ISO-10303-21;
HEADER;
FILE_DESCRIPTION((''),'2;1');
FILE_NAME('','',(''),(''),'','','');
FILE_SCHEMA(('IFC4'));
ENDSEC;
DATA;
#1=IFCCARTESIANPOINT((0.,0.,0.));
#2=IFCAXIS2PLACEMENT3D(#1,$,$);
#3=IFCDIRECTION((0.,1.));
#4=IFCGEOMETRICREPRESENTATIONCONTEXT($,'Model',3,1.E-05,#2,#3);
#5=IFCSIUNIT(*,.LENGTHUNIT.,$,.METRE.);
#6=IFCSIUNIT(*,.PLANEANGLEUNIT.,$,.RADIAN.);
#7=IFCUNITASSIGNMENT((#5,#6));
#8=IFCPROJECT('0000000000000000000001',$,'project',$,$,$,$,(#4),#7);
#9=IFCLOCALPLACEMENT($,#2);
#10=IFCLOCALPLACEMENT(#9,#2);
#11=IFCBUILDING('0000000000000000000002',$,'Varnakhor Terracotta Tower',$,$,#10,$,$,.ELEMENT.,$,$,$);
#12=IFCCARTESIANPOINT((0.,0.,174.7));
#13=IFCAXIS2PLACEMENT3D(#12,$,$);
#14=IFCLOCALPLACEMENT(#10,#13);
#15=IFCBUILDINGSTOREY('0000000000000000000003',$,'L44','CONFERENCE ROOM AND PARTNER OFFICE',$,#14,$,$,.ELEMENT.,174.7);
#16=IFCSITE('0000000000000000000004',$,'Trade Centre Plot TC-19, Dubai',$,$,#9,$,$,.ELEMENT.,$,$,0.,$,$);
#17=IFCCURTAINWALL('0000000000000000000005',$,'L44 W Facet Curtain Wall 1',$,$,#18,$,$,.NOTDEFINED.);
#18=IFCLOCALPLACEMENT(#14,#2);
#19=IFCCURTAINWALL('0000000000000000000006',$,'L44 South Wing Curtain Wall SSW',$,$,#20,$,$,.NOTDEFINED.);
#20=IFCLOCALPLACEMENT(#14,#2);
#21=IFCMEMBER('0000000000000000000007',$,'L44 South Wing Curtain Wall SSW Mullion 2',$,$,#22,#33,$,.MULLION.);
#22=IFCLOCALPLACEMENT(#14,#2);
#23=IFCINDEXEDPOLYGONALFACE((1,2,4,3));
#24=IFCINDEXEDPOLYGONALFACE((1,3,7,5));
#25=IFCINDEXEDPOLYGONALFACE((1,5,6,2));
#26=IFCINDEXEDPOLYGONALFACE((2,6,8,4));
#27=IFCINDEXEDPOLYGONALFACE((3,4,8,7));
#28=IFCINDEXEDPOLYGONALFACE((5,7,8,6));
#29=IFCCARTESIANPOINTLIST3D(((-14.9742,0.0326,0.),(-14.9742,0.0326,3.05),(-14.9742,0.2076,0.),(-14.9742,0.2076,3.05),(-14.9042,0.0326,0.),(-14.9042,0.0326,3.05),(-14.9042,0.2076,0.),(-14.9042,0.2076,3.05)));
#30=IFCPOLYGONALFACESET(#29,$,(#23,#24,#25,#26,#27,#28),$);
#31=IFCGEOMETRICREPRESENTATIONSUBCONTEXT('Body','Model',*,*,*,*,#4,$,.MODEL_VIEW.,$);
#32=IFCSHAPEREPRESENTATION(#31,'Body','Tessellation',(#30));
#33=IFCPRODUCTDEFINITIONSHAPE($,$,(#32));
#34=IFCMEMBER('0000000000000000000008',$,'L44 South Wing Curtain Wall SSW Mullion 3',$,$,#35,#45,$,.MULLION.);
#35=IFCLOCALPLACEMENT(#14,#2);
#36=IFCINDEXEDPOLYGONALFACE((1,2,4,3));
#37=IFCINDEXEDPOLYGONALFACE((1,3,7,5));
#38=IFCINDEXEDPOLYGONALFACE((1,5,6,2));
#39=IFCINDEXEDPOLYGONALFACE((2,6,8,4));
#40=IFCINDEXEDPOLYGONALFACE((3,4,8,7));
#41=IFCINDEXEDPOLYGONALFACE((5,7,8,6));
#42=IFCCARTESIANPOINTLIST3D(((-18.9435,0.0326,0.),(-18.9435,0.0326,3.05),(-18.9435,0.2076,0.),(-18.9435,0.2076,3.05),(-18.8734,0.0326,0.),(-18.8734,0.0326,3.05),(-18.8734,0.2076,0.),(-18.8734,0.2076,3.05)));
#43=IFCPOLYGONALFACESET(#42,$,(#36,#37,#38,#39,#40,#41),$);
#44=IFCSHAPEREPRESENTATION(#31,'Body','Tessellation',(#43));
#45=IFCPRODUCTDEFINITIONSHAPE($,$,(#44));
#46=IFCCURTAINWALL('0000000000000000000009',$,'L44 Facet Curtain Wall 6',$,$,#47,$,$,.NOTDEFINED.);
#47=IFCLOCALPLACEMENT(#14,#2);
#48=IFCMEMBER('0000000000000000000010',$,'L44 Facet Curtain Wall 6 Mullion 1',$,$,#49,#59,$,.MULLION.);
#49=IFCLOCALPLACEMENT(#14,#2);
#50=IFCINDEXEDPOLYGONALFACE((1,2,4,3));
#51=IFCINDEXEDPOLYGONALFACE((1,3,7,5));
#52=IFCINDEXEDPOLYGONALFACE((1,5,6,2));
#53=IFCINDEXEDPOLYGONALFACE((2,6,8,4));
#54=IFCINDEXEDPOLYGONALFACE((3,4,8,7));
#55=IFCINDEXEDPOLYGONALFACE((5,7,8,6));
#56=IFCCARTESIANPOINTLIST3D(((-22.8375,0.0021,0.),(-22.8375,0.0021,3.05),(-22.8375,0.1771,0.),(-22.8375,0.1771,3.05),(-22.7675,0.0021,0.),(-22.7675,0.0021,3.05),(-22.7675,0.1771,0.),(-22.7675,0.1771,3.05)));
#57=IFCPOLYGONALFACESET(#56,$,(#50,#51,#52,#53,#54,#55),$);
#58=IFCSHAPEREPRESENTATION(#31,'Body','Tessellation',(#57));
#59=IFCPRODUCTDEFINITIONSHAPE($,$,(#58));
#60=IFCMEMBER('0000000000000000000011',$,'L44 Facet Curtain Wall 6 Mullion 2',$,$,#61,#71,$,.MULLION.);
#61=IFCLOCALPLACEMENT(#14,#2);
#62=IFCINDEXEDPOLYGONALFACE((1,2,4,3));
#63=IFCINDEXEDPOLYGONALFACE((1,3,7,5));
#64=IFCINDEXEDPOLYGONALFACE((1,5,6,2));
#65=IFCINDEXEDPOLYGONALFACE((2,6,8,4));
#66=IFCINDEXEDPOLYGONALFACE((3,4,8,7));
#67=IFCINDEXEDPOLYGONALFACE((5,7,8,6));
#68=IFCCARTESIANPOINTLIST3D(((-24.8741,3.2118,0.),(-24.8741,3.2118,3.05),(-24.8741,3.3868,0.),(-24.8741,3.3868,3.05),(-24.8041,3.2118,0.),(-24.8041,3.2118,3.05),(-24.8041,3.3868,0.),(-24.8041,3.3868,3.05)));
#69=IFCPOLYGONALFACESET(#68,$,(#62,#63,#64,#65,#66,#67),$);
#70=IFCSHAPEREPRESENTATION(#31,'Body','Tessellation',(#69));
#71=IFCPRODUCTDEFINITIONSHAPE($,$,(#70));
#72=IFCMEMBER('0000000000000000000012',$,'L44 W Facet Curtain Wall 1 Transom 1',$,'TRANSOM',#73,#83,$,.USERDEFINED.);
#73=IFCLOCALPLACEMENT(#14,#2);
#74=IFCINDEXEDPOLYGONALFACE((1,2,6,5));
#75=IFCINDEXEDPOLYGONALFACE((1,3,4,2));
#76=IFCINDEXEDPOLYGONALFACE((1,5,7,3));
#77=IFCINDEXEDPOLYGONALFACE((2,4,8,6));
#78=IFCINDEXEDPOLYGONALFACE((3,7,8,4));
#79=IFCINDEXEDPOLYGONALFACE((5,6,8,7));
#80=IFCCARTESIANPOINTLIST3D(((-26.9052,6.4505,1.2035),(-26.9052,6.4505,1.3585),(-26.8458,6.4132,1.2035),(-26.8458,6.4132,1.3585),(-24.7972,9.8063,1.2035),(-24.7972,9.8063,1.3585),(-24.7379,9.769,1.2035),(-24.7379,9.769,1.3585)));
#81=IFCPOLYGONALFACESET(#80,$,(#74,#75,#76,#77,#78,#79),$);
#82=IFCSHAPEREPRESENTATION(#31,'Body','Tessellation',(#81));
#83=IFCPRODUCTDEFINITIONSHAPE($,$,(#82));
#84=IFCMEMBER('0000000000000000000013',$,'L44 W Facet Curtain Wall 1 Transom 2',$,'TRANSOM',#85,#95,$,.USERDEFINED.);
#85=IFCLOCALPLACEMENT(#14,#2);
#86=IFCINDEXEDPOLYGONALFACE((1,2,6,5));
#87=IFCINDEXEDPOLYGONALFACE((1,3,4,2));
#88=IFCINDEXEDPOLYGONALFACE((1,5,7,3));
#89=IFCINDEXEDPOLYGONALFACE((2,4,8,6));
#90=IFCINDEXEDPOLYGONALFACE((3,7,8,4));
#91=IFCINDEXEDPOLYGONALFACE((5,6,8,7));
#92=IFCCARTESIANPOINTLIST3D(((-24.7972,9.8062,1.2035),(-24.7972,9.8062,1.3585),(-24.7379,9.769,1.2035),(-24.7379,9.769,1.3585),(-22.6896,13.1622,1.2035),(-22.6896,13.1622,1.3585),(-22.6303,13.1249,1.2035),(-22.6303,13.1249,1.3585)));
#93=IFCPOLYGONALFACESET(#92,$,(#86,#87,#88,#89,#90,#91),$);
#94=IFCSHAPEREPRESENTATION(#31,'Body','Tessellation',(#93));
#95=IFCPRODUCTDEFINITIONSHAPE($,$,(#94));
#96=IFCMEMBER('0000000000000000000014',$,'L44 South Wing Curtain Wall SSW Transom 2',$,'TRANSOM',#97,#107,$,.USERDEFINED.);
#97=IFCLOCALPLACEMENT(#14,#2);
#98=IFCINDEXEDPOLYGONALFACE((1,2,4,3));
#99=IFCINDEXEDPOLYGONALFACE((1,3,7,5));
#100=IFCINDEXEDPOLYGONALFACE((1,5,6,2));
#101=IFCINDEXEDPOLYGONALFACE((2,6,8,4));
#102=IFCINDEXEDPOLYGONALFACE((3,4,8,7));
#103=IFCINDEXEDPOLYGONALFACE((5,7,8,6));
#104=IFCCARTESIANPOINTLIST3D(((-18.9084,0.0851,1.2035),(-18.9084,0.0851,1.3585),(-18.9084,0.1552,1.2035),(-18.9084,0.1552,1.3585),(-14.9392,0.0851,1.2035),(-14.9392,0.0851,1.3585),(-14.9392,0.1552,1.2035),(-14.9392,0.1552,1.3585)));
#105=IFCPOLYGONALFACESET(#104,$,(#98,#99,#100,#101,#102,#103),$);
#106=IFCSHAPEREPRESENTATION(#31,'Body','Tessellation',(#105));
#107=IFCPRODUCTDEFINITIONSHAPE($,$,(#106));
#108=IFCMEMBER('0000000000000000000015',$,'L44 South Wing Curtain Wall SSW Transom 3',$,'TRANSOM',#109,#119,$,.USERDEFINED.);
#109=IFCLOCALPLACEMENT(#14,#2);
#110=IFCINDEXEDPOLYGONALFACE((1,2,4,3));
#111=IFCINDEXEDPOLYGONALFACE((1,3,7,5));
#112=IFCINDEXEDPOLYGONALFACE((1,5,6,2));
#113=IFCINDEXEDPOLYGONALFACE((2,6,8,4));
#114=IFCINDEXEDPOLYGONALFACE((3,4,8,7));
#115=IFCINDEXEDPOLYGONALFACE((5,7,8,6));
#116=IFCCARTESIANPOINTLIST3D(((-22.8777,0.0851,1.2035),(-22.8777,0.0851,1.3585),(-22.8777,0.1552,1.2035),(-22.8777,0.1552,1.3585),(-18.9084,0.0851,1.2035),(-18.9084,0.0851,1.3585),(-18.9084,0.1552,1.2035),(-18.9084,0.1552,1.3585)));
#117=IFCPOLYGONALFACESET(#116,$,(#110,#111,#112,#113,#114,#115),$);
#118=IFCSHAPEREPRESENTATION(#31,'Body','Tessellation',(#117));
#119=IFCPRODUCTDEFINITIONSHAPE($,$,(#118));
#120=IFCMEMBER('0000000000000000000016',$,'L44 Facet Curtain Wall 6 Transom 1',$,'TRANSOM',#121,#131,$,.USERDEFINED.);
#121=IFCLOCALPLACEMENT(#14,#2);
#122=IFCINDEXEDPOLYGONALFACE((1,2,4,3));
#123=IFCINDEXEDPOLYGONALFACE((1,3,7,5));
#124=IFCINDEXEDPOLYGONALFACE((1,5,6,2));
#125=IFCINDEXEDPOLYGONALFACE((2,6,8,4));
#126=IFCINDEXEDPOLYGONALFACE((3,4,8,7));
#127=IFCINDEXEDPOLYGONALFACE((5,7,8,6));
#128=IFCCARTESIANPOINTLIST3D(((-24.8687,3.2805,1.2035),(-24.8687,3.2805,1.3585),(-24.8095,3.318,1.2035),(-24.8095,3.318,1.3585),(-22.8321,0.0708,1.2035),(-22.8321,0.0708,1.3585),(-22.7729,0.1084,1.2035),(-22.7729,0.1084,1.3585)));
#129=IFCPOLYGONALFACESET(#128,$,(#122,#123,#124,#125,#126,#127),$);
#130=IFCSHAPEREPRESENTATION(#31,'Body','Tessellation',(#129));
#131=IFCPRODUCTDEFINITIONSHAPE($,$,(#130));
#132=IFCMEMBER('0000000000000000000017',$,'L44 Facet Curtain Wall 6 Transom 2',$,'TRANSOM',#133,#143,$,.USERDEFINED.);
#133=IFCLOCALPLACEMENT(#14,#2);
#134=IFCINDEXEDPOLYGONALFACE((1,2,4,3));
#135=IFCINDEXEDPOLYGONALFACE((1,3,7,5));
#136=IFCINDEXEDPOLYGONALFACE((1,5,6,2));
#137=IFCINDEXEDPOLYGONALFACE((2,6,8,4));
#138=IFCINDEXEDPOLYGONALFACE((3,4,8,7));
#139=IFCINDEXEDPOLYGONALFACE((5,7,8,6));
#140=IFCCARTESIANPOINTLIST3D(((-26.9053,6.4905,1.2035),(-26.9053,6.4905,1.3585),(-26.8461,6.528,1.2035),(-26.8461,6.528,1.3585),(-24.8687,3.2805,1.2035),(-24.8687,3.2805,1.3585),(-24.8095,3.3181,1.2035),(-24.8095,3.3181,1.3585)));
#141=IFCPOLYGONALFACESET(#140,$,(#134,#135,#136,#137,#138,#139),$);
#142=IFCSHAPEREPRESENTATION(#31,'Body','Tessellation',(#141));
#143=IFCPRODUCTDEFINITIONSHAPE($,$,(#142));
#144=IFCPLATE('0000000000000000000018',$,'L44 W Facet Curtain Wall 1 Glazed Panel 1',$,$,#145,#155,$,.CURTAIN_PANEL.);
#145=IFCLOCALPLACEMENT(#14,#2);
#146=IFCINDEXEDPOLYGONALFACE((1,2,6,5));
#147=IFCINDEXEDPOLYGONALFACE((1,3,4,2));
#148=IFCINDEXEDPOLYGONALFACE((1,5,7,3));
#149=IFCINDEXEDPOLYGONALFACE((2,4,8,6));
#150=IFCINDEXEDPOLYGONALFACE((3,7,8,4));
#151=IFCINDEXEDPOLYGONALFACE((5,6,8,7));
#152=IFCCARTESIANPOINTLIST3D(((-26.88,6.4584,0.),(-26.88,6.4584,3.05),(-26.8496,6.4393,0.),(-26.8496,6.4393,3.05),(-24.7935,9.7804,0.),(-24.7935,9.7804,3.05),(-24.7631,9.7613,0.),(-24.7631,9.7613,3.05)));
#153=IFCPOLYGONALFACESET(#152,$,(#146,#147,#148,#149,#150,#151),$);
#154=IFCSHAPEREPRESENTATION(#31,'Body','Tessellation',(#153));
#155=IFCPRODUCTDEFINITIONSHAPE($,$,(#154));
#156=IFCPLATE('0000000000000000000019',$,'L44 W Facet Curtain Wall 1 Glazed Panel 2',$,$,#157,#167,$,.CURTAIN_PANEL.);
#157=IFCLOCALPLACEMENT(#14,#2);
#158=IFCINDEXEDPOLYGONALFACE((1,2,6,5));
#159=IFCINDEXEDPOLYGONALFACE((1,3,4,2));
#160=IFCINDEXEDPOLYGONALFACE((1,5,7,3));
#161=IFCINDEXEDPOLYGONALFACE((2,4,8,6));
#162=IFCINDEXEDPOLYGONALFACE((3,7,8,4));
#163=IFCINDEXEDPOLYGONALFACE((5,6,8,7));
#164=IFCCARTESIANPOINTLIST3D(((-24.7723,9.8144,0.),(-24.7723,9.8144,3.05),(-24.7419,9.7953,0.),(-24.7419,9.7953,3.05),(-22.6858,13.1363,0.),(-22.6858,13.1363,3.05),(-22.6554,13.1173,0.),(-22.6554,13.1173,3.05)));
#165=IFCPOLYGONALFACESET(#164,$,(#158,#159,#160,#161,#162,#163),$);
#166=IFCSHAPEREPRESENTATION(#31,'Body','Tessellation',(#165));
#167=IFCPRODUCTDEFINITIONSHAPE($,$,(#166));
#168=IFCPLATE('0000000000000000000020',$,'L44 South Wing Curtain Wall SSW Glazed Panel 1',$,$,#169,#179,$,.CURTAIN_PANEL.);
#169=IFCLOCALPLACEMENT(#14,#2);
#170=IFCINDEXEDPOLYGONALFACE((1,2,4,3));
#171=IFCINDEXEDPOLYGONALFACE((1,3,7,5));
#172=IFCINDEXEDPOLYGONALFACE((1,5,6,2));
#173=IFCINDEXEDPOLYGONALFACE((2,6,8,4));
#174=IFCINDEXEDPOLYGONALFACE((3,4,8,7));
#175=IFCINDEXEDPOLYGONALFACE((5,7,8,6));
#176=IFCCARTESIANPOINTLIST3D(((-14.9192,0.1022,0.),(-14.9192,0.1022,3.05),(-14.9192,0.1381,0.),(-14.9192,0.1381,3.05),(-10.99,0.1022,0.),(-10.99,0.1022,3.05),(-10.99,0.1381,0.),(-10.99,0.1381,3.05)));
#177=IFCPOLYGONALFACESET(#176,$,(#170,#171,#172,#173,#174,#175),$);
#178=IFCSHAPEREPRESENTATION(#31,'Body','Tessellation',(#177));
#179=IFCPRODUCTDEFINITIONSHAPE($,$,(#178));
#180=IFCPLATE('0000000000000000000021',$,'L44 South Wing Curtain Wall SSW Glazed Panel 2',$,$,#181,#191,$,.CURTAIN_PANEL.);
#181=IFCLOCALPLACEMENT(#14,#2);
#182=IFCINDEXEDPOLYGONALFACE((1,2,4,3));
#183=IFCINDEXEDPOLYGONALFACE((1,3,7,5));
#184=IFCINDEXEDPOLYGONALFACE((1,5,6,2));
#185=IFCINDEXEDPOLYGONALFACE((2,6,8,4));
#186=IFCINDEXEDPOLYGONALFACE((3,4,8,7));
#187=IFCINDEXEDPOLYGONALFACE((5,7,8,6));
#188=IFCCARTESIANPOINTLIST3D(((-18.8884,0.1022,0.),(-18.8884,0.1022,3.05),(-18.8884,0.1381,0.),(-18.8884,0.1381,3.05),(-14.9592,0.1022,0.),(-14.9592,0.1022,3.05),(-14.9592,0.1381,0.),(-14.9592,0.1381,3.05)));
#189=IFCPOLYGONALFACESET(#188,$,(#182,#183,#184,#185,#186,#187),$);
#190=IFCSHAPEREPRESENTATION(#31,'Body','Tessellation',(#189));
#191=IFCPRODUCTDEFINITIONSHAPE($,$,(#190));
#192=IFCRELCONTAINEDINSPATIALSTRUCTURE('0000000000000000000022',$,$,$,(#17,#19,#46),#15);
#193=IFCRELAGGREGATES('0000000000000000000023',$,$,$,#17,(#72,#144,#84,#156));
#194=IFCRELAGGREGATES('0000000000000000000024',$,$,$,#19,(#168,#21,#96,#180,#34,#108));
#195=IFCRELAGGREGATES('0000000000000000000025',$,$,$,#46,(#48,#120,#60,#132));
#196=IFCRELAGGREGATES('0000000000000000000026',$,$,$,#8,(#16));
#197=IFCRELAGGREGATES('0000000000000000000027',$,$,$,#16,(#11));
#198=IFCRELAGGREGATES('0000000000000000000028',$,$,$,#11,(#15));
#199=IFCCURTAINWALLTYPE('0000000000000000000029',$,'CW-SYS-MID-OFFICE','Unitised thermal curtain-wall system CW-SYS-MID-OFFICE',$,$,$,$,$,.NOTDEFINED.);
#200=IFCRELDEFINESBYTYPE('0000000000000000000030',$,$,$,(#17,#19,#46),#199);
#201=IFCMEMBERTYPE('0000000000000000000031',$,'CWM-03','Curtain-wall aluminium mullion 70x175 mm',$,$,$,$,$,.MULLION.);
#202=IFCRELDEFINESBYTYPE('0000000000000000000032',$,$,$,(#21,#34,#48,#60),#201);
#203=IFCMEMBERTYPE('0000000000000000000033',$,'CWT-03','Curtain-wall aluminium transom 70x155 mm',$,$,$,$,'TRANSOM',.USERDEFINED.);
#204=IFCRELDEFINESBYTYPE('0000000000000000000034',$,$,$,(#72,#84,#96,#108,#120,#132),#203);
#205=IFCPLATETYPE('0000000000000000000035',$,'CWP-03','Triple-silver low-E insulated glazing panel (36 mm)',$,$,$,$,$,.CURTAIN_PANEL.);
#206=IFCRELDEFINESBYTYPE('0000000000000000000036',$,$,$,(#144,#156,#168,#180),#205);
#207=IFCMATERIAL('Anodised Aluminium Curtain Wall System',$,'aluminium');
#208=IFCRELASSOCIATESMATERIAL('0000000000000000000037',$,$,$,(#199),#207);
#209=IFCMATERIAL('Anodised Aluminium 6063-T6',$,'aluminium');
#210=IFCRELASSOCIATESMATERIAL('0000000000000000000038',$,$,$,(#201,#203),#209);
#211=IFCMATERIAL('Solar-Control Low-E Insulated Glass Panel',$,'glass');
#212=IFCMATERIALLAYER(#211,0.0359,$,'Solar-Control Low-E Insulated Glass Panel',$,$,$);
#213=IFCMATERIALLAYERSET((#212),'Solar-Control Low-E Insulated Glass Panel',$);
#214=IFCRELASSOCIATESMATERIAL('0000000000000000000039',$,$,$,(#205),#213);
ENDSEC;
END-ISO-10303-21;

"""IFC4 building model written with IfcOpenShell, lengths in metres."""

from ifc_helpers import new_model, si_unit, direction, frame, origin, origin_2d, place, context, subcontext, project, spatial, rectangle, extrude, source, transform, mapped, material, layer, layer_set, material_profile, profile_set, type_object, element, aggregate, save


model = new_model("IFC4")

# Units and contexts
model_context = context("Model", 3, precision=1e-05, world=origin(), true_north=direction((0.0, 1.0)))
body_context = subcontext(model_context, "Body", "Model", "MODEL_VIEW")
ifc_project = project(units=[si_unit("LENGTHUNIT", "METRE"), si_unit("PLANEANGLEUNIT", "RADIAN")], contexts=[model_context])

# Site, building, storey
site_placement = place(None, origin())
site = spatial("IfcSite", under=ifc_project, at=site_placement, Name="Trade Centre Plot TC-19, Dubai", CompositionType="ELEMENT", RefElevation=0.0)
building_placement = place(site_placement, origin())
building = spatial("IfcBuilding", under=site, at=building_placement, Name="Varnakhor Terracotta Tower", CompositionType="ELEMENT")
storey_placement = place(building_placement, frame((0.0, 0.0, 174.7)))
storey = spatial("IfcBuildingStorey", under=building, at=storey_placement, Name="L44", Description="CONFERENCE ROOM AND PARTNER OFFICE", CompositionType="ELEMENT", Elevation=174.7)

# Curtain walls, members
ifc_material_1 = material(Name="Anodised Aluminium Curtain Wall System", Category="aluminium")
curtain_wall_type = type_object("IfcCurtainWallType", Name="CW-SYS-MID-OFFICE", Description="Unitised thermal curtain-wall system CW-SYS-MID-OFFICE", PredefinedType="NOTDEFINED", material=ifc_material_1)
curtain_wall_1_placement = place(storey_placement, origin())
curtain_wall_1 = element("IfcCurtainWall", 1, at=curtain_wall_1_placement, inside=storey, type_object=curtain_wall_type, Name="L44 W Facet Curtain Wall 1", PredefinedType="NOTDEFINED")
ifc_material_2 = material(Name="Anodised Aluminium 6063-T6", Category="aluminium")
ifc_material_profile_1 = material_profile(ifc_material_2, rectangle(XDim=0.0701, YDim=0.175, at=origin_2d()), Name="ALU MULLION 70x175")
ifc_profile_set_1 = profile_set([ifc_material_profile_1], Name="Anodised Aluminium 6063-T6")
member_type_1 = type_object("IfcMemberType", Name="CWM-03", Description="Curtain-wall aluminium mullion 70x175 mm", PredefinedType="MULLION", material=ifc_profile_set_1)
shared_shape_1 = source(origin(), body_context, "Body", "SweptSolid", [
    extrude(rectangle(XDim=0.0701, YDim=0.175, at=origin_2d()), origin(), (0.0, 0.0, 1.0), 3.05),
])
curtain_wall_2_placement = place(storey_placement, origin())
curtain_wall_2 = element("IfcCurtainWall", 2, at=curtain_wall_2_placement, inside=storey, type_object=curtain_wall_type, Name="L44 South Wing Curtain Wall SSW", PredefinedType="NOTDEFINED")
member_1_placement = place(storey_placement, frame((-14.9392, 0.1201, 0.0), z_axis=(0.0, 0.0, 1.0), x_axis=(1.0, 0.0, 0.0)))
member_1 = element("IfcMember", 3, at=member_1_placement, type_object=member_type_1, Name="L44 South Wing Curtain Wall SSW Mullion 2", PredefinedType="MULLION", context=body_context, shape_type="MappedRepresentation", body=[
    mapped(shared_shape_1, transform((0.0, 0.0, 0.0), scale=1.0)),
])
member_2_placement = place(storey_placement, frame((-18.9084, 0.1201, 0.0), z_axis=(0.0, 0.0, 1.0), x_axis=(1.0, 0.0, 0.0)))
member_2 = element("IfcMember", 4, at=member_2_placement, type_object=member_type_1, Name="L44 South Wing Curtain Wall SSW Mullion 3", PredefinedType="MULLION", context=body_context, shape_type="MappedRepresentation", body=[
    mapped(shared_shape_1, transform((0.0, 0.0, 0.0), scale=1.0)),
])
curtain_wall_3_placement = place(storey_placement, origin())
curtain_wall_3 = element("IfcCurtainWall", 5, at=curtain_wall_3_placement, inside=storey, type_object=curtain_wall_type, Name="L44 Facet Curtain Wall 6", PredefinedType="NOTDEFINED")
member_3_placement = place(storey_placement, frame((-22.8025, 0.0896, 0.0), z_axis=(0.0, 0.0, 1.0), x_axis=(1.0, 0.0, 0.0)))
member_3 = element("IfcMember", 6, at=member_3_placement, type_object=member_type_1, Name="L44 Facet Curtain Wall 6 Mullion 1", PredefinedType="MULLION", context=body_context, shape_type="MappedRepresentation", body=[
    mapped(shared_shape_1, transform((0.0, 0.0, 0.0), scale=1.0)),
])
member_4_placement = place(storey_placement, frame((-24.8391, 3.2993, 0.0), z_axis=(0.0, 0.0, 1.0), x_axis=(1.0, 0.0, 0.0)))
member_4 = element("IfcMember", 7, at=member_4_placement, type_object=member_type_1, Name="L44 Facet Curtain Wall 6 Mullion 2", PredefinedType="MULLION", context=body_context, shape_type="MappedRepresentation", body=[
    mapped(shared_shape_1, transform((0.0, 0.0, 0.0), scale=1.0)),
])

# Members
ifc_material_profile_2 = material_profile(ifc_material_2, rectangle(XDim=0.0701, YDim=0.155, at=origin_2d()), Name="ALU TRANSOM 70x155")
ifc_profile_set_2 = profile_set([ifc_material_profile_2], Name="Anodised Aluminium 6063-T6")
member_type_2 = type_object("IfcMemberType", Name="CWT-03", Description="Curtain-wall aluminium transom 70x155 mm", ElementType="TRANSOM", PredefinedType="USERDEFINED", material=ifc_profile_set_2)
shared_shape_2 = source(origin(), body_context, "Body", "SweptSolid", [
    extrude(rectangle(XDim=0.0701, YDim=0.155, at=origin_2d()), origin(), (0.0, 0.0, 1.0), 3.9629),
])
member_5_placement = place(storey_placement, frame((-26.8755, 6.4319, 1.281), z_axis=(0.531919, 0.846795, 0.0), x_axis=(-0.846795, 0.531919, 0.0)))
member_5 = element("IfcMember", 8, at=member_5_placement, type_object=member_type_2, Name="L44 W Facet Curtain Wall 1 Transom 1", ObjectType="TRANSOM", PredefinedType="USERDEFINED", context=body_context, shape_type="MappedRepresentation", body=[
    mapped(shared_shape_2, transform((0.0, 0.0, 0.0), scale=1.0)),
])
member_6_placement = place(storey_placement, frame((-24.7676, 9.7876, 1.281), z_axis=(0.531847, 0.84684, 0.0), x_axis=(-0.84684, 0.531847, 0.0)))
member_6 = element("IfcMember", 9, at=member_6_placement, type_object=member_type_2, Name="L44 W Facet Curtain Wall 1 Transom 2", ObjectType="TRANSOM", PredefinedType="USERDEFINED", context=body_context, shape_type="MappedRepresentation", body=[
    mapped(shared_shape_2, transform((0.0, 0.0, 0.0), scale=1.0)),
])
shared_shape_3 = source(origin(), body_context, "Body", "SweptSolid", [
    extrude(rectangle(XDim=0.0701, YDim=0.155, at=origin_2d()), origin(), (0.0, 0.0, 1.0), 3.9692),
])
member_7_placement = place(storey_placement, frame((-14.9392, 0.1201, 1.281), z_axis=(-1.0, 0.0, 0.0), x_axis=(0.0, -1.0, 0.0)))
member_7 = element("IfcMember", 10, at=member_7_placement, type_object=member_type_2, Name="L44 South Wing Curtain Wall SSW Transom 2", ObjectType="TRANSOM", PredefinedType="USERDEFINED", context=body_context, shape_type="MappedRepresentation", body=[
    mapped(shared_shape_3, transform((0.0, 0.0, 0.0), scale=1.0)),
])
member_8_placement = place(storey_placement, frame((-18.9084, 0.1201, 1.281), z_axis=(-1.0, 0.0, 0.0), x_axis=(0.0, -1.0, 0.0)))
member_8 = element("IfcMember", 11, at=member_8_placement, type_object=member_type_2, Name="L44 South Wing Curtain Wall SSW Transom 3", ObjectType="TRANSOM", PredefinedType="USERDEFINED", context=body_context, shape_type="MappedRepresentation", body=[
    mapped(shared_shape_3, transform((0.0, 0.0, 0.0), scale=1.0)),
])
shared_shape_4 = source(origin(), body_context, "Body", "SweptSolid", [
    extrude(rectangle(XDim=0.0701, YDim=0.155, at=origin_2d()), origin(), (0.0, 0.0, 1.0), 3.8013),
])
member_9_placement = place(storey_placement, frame((-22.8025, 0.0896, 1.281), z_axis=(-0.535765, 0.844367, 0.0), x_axis=(-0.844367, -0.535765, 0.0)))
member_9 = element("IfcMember", 12, at=member_9_placement, type_object=member_type_2, Name="L44 Facet Curtain Wall 6 Transom 1", ObjectType="TRANSOM", PredefinedType="USERDEFINED", context=body_context, shape_type="MappedRepresentation", body=[
    mapped(shared_shape_4, transform((0.0, 0.0, 0.0), scale=1.0)),
])
shared_shape_5 = source(origin(), body_context, "Body", "SweptSolid", [
    extrude(rectangle(XDim=0.0701, YDim=0.155, at=origin_2d()), origin(), (0.0, 0.0, 1.0), 3.8015),
])
member_10_placement = place(storey_placement, frame((-24.8391, 3.2993, 1.281), z_axis=(-0.535736, 0.844385, 0.0), x_axis=(-0.844385, -0.535736, 0.0)))
member_10 = element("IfcMember", 13, at=member_10_placement, type_object=member_type_2, Name="L44 Facet Curtain Wall 6 Transom 2", ObjectType="TRANSOM", PredefinedType="USERDEFINED", context=body_context, shape_type="MappedRepresentation", body=[
    mapped(shared_shape_5, transform((0.0, 0.0, 0.0), scale=1.0)),
])

# Plates
ifc_material_3 = material(Name="Solar-Control Low-E Insulated Glass Panel", Category="glass")
ifc_layer_1 = layer(ifc_material_3, 0.0359, Name="Solar-Control Low-E Insulated Glass Panel")
ifc_layer_set_1 = layer_set([ifc_layer_1], Name="Solar-Control Low-E Insulated Glass Panel")
plate_type = type_object("IfcPlateType", Name="CWP-03", Description="Triple-silver low-E insulated glazing panel (36 mm)", PredefinedType="CURTAIN_PANEL", material=ifc_layer_set_1)
shared_shape_6 = source(origin(), body_context, "Body", "SweptSolid", [
    extrude(rectangle(XDim=3.9229, YDim=0.0359, at=origin_2d()), origin(), (0.0, 0.0, 1.0), 3.05),
])
plate_1_placement = place(storey_placement, frame((-25.8215, 8.1099, 0.0), z_axis=(0.0, 0.0, 1.0), x_axis=(0.531872, 0.846825, 0.0)))
plate_1 = element("IfcPlate", 14, at=plate_1_placement, type_object=plate_type, Name="L44 W Facet Curtain Wall 1 Glazed Panel 1", PredefinedType="CURTAIN_PANEL", context=body_context, shape_type="MappedRepresentation", body=[
    mapped(shared_shape_6, transform((0.0, 0.0, 0.0), scale=1.0)),
])
plate_2_placement = place(storey_placement, frame((-23.7139, 11.4658, 0.0), z_axis=(0.0, 0.0, 1.0), x_axis=(0.531872, 0.846825, 0.0)))
plate_2 = element("IfcPlate", 15, at=plate_2_placement, type_object=plate_type, Name="L44 W Facet Curtain Wall 1 Glazed Panel 2", PredefinedType="CURTAIN_PANEL", context=body_context, shape_type="MappedRepresentation", body=[
    mapped(shared_shape_6, transform((0.0, 0.0, 0.0), scale=1.0)),
])
aggregate(curtain_wall_1, [member_5, plate_1, member_6, plate_2])
shared_shape_7 = source(origin(), body_context, "Body", "SweptSolid", [
    extrude(rectangle(XDim=3.9292, YDim=0.0359, at=origin_2d()), origin(), (0.0, 0.0, 1.0), 3.05),
])
plate_3_placement = place(storey_placement, frame((-12.9546, 0.1201, 0.0), z_axis=(0.0, 0.0, 1.0), x_axis=(-1.0, 0.0, 0.0)))
plate_3 = element("IfcPlate", 16, at=plate_3_placement, type_object=plate_type, Name="L44 South Wing Curtain Wall SSW Glazed Panel 1", PredefinedType="CURTAIN_PANEL", context=body_context, shape_type="MappedRepresentation", body=[
    mapped(shared_shape_7, transform((0.0, 0.0, 0.0), scale=1.0)),
])
plate_4_placement = place(storey_placement, frame((-16.9238, 0.1201, 0.0), z_axis=(0.0, 0.0, 1.0), x_axis=(-1.0, 0.0, 0.0)))
plate_4 = element("IfcPlate", 17, at=plate_4_placement, type_object=plate_type, Name="L44 South Wing Curtain Wall SSW Glazed Panel 2", PredefinedType="CURTAIN_PANEL", context=body_context, shape_type="MappedRepresentation", body=[
    mapped(shared_shape_7, transform((0.0, 0.0, 0.0), scale=1.0)),
])
aggregate(curtain_wall_2, [plate_3, member_1, member_7, plate_4, member_2, member_8])
aggregate(curtain_wall_3, [member_3, member_9, member_4, member_10])

save(model, "model.ifc")
